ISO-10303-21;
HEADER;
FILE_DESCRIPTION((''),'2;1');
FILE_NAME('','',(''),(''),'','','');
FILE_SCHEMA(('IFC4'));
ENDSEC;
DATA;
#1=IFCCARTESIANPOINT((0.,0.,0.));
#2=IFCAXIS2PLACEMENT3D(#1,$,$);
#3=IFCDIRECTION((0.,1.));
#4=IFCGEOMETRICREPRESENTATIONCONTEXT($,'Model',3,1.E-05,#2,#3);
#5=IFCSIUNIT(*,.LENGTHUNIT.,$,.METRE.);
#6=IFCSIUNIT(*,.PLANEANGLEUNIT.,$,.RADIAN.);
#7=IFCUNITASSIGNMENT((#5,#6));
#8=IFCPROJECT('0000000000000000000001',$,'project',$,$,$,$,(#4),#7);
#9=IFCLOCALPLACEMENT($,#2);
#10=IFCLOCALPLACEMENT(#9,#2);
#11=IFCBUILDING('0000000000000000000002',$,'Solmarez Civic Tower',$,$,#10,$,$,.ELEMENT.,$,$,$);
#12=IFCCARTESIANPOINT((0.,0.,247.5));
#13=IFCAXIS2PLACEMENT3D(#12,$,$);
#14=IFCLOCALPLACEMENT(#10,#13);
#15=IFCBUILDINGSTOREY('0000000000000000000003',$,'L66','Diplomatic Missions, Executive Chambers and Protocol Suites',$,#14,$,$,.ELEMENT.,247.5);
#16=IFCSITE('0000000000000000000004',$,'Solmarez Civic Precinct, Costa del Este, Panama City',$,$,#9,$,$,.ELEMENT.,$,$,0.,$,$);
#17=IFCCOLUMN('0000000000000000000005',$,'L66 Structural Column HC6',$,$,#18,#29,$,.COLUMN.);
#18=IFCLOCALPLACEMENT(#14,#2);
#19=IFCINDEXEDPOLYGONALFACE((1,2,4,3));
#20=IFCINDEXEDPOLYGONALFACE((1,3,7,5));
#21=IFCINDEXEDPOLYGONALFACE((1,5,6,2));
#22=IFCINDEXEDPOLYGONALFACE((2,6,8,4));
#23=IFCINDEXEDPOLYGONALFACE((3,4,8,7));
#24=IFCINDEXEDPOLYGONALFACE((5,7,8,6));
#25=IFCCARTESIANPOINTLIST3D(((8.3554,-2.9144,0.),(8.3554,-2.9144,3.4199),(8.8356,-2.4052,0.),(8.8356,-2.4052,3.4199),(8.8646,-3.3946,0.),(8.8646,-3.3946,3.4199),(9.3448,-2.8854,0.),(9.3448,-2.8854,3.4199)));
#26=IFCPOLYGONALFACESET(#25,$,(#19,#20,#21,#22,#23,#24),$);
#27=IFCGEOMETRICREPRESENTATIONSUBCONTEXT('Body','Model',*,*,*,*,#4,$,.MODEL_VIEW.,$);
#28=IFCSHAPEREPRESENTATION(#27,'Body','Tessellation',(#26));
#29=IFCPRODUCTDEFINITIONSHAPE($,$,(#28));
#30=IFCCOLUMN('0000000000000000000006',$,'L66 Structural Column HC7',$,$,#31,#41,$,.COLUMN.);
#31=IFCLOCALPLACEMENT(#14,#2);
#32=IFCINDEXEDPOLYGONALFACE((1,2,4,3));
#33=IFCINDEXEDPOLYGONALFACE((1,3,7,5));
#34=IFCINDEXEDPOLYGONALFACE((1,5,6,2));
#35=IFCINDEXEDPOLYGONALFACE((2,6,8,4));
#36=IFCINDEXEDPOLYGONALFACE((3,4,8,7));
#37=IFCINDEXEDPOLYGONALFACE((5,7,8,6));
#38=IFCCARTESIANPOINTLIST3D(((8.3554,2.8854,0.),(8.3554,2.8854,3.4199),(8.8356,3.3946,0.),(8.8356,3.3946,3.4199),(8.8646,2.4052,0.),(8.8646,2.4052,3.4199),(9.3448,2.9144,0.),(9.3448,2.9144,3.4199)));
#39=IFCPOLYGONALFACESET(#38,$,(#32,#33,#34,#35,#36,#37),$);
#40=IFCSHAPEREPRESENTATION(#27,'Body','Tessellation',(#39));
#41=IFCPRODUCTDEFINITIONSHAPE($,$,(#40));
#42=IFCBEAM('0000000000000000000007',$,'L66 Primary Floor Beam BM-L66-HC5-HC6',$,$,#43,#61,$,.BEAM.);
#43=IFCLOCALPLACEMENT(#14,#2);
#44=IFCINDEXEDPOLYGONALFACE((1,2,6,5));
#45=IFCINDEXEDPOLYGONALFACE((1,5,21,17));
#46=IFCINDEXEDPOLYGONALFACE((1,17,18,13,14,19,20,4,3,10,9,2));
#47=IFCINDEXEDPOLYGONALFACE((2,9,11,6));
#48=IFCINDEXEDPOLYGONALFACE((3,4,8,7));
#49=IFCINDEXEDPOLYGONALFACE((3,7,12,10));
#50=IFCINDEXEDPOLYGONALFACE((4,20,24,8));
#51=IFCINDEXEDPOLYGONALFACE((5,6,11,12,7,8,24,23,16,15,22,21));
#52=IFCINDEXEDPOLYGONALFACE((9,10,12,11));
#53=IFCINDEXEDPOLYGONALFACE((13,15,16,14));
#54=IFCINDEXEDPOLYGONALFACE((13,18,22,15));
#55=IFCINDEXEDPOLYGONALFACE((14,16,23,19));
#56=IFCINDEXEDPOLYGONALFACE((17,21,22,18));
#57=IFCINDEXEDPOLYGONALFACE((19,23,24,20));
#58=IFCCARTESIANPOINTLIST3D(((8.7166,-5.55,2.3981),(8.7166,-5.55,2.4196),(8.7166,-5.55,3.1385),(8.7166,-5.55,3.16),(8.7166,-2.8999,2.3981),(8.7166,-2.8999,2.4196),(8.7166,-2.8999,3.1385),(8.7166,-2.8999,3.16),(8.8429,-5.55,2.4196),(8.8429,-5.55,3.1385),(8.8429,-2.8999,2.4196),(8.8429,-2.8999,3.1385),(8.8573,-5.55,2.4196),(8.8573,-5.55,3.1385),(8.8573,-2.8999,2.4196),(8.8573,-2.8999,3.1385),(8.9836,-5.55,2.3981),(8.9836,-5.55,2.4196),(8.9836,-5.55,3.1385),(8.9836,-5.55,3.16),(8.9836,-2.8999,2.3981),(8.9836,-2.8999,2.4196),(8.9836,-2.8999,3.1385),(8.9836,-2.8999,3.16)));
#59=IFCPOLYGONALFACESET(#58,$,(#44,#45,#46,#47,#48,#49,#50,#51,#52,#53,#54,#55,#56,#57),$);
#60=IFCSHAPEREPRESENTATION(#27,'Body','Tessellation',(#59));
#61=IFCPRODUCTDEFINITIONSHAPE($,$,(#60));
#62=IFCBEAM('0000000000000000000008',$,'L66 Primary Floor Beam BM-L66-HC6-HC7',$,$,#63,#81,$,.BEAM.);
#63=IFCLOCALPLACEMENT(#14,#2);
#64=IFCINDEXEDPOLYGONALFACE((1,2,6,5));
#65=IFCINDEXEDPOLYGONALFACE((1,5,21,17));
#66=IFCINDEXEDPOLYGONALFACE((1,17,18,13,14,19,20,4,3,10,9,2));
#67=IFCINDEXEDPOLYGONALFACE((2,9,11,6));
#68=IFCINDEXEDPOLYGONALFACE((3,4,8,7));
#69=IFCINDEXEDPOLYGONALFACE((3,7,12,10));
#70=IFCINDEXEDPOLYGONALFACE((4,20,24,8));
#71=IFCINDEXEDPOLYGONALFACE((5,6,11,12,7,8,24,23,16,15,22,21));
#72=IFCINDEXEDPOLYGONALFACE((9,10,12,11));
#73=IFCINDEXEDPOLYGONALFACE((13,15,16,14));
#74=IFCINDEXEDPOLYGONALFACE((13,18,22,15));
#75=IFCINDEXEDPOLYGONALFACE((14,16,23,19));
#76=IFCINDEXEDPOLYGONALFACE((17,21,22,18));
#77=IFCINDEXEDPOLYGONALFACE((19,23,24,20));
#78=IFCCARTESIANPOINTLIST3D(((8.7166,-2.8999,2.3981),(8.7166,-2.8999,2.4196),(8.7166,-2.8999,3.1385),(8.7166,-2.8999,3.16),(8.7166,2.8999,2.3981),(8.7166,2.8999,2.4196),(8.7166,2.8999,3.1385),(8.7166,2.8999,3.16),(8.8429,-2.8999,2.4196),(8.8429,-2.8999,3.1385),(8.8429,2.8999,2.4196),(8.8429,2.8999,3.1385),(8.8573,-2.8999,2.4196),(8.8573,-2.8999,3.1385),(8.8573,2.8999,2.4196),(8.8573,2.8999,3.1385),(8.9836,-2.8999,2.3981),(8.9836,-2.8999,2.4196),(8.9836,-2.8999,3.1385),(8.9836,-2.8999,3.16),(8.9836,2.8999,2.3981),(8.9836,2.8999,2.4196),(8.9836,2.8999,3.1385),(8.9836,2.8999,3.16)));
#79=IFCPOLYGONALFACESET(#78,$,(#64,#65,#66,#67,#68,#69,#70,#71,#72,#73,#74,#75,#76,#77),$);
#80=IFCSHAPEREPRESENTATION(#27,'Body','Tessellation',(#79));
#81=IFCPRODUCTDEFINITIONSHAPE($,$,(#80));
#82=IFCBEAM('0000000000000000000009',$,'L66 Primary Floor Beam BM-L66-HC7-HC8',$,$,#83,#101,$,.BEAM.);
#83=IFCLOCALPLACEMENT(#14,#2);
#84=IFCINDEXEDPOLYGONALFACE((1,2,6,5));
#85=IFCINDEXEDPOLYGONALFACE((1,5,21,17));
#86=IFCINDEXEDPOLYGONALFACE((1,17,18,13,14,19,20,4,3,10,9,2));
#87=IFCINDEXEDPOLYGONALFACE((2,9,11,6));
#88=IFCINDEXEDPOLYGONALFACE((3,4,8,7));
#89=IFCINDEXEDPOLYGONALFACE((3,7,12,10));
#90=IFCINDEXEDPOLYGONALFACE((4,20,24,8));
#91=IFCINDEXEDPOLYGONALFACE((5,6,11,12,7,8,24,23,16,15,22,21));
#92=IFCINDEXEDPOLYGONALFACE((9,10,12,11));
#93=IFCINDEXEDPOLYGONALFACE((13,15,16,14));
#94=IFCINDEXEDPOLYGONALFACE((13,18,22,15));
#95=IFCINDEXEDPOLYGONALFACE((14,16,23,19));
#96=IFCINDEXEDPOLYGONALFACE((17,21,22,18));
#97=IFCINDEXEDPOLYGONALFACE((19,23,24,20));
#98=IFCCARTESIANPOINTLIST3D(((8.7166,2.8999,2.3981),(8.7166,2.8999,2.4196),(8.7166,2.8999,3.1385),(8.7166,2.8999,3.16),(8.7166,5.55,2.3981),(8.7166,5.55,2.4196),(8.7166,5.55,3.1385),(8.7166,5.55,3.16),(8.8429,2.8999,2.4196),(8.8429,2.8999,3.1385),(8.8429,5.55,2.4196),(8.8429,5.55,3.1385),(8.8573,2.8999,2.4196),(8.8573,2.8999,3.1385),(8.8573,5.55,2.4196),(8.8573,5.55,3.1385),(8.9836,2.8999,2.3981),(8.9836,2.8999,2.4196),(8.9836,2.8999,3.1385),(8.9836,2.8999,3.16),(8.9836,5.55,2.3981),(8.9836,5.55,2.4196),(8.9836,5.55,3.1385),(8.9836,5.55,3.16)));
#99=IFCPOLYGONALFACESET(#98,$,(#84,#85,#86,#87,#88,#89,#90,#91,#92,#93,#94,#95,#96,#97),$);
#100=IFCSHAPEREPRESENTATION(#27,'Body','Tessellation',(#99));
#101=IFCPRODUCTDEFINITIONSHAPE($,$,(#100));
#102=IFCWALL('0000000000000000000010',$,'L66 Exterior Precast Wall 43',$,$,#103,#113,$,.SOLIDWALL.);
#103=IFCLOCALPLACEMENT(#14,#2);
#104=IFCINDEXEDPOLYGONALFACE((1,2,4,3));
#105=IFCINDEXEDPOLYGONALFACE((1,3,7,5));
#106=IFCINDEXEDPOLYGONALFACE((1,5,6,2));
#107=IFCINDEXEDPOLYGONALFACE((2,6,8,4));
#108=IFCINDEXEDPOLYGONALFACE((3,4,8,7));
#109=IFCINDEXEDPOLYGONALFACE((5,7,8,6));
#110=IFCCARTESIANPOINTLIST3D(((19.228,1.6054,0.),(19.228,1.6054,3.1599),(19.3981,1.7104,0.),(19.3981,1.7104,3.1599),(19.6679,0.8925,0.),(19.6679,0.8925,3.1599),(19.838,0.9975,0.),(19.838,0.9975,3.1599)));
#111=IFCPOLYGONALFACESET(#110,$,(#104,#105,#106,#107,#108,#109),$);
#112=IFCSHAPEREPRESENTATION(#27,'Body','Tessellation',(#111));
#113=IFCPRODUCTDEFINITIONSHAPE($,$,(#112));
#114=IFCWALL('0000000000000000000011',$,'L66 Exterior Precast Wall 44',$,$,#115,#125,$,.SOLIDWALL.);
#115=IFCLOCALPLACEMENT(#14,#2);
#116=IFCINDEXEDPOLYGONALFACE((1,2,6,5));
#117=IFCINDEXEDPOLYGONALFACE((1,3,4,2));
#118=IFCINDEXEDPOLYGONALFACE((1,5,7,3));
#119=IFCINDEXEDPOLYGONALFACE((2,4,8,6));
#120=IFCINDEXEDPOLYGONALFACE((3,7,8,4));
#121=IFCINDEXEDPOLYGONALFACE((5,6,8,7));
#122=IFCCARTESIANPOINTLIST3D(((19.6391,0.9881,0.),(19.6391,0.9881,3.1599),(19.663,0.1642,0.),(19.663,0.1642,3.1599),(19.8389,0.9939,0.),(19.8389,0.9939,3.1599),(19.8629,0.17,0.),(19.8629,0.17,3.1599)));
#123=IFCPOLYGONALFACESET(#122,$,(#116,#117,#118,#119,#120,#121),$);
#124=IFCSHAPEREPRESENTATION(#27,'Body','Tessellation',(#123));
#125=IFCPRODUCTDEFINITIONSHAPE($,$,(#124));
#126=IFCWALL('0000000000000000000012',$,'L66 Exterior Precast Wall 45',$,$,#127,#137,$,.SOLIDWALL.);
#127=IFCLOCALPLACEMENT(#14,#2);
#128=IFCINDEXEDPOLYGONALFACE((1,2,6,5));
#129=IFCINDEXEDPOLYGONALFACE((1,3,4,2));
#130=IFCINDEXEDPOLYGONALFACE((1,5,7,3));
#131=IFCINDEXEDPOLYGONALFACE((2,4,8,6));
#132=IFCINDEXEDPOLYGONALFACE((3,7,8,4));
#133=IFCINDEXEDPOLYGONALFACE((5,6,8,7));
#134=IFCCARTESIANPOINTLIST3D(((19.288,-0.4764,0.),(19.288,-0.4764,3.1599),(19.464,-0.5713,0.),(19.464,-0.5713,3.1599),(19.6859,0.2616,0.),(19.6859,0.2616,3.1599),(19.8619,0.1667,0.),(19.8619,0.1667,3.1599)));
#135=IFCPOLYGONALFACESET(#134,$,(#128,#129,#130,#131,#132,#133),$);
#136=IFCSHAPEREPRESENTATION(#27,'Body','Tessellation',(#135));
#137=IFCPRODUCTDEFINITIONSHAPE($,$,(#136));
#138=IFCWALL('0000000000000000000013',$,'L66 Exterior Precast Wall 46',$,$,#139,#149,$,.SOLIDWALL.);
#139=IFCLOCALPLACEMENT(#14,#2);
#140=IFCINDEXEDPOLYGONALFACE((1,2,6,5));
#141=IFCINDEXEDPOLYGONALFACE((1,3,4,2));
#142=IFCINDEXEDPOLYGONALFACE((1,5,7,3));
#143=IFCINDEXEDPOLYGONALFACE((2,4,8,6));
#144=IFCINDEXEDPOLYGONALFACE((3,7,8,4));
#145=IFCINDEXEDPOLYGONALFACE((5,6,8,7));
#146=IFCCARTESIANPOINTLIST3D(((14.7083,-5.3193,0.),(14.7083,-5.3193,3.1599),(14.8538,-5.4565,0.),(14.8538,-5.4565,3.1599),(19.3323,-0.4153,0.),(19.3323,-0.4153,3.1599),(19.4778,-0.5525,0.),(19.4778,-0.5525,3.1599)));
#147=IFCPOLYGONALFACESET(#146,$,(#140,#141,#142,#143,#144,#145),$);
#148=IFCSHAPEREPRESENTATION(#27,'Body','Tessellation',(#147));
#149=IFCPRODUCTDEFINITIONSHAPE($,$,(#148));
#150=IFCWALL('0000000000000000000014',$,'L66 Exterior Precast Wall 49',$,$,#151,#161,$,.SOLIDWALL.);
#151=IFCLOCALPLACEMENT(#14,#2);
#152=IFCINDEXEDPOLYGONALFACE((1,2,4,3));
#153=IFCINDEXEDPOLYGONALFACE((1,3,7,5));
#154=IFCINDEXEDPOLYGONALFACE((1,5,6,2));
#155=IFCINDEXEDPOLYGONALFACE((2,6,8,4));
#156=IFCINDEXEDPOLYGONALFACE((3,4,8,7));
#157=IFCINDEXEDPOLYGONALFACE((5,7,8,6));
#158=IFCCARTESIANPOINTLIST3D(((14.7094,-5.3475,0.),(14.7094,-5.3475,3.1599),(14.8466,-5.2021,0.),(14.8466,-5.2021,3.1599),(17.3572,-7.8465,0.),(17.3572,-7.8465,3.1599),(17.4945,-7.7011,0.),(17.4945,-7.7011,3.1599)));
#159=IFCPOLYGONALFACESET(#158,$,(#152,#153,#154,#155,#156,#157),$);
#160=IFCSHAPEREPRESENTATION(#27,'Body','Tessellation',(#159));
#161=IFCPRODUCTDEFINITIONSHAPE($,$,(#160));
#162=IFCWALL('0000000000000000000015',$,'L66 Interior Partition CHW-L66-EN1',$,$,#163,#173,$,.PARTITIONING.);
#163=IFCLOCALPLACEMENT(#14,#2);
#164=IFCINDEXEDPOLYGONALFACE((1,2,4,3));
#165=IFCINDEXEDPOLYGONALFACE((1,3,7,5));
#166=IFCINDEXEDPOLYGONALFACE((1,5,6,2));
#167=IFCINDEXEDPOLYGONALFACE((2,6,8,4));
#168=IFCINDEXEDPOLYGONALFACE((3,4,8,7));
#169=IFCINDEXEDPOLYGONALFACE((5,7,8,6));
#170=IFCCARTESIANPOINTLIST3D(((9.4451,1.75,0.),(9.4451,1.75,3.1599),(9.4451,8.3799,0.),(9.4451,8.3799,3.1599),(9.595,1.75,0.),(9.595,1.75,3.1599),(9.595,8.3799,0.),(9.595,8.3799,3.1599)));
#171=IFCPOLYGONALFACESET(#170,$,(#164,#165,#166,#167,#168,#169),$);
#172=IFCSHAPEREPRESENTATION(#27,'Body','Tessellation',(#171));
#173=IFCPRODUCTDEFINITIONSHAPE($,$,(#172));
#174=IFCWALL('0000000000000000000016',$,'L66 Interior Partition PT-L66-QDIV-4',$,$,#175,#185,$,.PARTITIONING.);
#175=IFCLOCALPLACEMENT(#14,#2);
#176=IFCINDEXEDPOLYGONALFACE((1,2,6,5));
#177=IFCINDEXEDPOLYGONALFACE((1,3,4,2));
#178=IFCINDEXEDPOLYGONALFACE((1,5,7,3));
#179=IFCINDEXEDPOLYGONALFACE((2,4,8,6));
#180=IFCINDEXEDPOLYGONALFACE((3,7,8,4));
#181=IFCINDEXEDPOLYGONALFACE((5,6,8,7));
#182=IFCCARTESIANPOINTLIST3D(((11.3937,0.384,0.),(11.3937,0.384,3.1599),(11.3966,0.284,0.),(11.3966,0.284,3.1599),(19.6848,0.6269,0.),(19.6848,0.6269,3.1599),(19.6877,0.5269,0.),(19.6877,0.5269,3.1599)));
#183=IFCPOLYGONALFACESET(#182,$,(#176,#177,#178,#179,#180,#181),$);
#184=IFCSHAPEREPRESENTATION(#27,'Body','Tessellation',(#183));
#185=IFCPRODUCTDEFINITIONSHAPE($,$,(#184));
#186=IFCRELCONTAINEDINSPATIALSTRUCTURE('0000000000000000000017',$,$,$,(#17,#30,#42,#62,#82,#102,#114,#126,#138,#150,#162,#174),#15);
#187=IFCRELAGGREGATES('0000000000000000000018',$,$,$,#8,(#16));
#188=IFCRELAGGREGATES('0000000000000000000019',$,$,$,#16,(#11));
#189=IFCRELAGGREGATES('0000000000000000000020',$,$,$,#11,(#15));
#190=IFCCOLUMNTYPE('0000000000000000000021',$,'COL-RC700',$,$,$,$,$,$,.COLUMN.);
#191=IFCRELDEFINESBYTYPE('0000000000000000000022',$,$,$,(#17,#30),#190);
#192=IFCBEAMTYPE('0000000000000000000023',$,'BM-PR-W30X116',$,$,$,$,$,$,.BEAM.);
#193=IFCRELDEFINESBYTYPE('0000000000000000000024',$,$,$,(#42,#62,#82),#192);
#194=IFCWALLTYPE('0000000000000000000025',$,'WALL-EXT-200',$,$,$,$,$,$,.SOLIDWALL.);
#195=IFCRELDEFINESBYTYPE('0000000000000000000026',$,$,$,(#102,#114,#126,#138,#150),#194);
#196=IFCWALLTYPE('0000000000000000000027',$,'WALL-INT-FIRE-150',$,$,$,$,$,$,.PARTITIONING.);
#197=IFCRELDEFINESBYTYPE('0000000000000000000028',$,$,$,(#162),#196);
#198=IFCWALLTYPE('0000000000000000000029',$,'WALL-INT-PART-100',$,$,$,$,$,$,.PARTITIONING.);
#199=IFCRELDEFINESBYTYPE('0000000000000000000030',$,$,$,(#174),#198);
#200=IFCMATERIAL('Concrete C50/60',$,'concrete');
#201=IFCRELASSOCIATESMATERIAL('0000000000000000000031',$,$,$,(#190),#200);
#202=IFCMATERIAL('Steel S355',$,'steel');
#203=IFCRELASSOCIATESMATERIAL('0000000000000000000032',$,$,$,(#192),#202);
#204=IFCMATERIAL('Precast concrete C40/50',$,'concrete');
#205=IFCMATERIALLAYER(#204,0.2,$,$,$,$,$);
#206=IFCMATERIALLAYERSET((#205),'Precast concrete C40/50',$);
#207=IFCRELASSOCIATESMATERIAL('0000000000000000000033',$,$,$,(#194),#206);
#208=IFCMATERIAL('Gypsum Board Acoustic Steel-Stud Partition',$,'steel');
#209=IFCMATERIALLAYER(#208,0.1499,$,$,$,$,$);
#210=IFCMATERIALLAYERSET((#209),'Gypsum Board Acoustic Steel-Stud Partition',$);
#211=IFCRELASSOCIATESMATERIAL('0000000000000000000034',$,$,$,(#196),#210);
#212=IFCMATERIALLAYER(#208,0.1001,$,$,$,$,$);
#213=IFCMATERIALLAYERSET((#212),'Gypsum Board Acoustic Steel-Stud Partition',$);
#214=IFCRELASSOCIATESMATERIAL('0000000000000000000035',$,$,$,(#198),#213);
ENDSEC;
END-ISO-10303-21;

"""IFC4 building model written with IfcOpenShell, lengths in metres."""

from ifc_helpers import new_model, si_unit, direction, frame, frame_2d, origin, origin_2d, place, context, subcontext, project, spatial, rectangle, i_section, extrude, material, layer, layer_set, material_profile, profile_set, type_object, element, save


model = new_model("IFC4")

# Units and contexts
model_context = context("Model", 3, precision=1e-05, world=origin(), true_north=direction((0.0, 1.0)))
body_context = subcontext(model_context, "Body", "Model", "MODEL_VIEW")
ifc_project = project(units=[si_unit("LENGTHUNIT", "METRE"), si_unit("PLANEANGLEUNIT", "RADIAN")], contexts=[model_context])

# Site, building, storey
site_placement = place(None, origin())
site = spatial("IfcSite", under=ifc_project, at=site_placement, Name="Solmarez Civic Precinct, Costa del Este, Panama City", CompositionType="ELEMENT", RefElevation=0.0)
building_placement = place(site_placement, origin())
building = spatial("IfcBuilding", under=site, at=building_placement, Name="Solmarez Civic Tower", CompositionType="ELEMENT")
storey_placement = place(building_placement, frame((0.0, 0.0, 247.5)))
storey = spatial("IfcBuildingStorey", under=building, at=storey_placement, Name="L66", Description="Diplomatic Missions, Executive Chambers and Protocol Suites", CompositionType="ELEMENT", Elevation=247.5)

# Columns
ifc_material_1 = material(Name="Concrete C50/60", Category="concrete")
ifc_material_profile_1 = material_profile(ifc_material_1, rectangle(XDim=0.7, YDim=0.7, at=origin_2d()), Name="RC700X700")
ifc_profile_set_1 = profile_set([ifc_material_profile_1], Name="Concrete C50/60")
column_type = type_object("IfcColumnType", Name="COL-RC700", PredefinedType="COLUMN", material=ifc_profile_set_1)
for number, where, z_axis, x_axis, name in (
    (1, (8.8501, -2.8999, 0.0), (0.0, 0.0, 1.0), (0.686072, 0.727533, 0.0), "L66 Structural Column HC6"),
    (2, (8.8501, 2.8999, 0.0), (0.0, 0.0, 1.0), (0.686072, 0.727533, 0.0), "L66 Structural Column HC7"),
):
    element("IfcColumn", number, at=place(storey_placement, frame(where, z_axis=z_axis, x_axis=x_axis)), inside=storey, type_object=column_type, Name=name, PredefinedType="COLUMN", context=body_context, shape_type="SweptSolid", body=[
        extrude(rectangle(XDim=0.7, YDim=0.7, at=origin_2d()), origin(), (0.0, 0.0, 1.0), 3.4199),
    ])

# Beams
ifc_material_2 = material(Name="Steel S355", Category="steel")
ifc_material_profile_2 = material_profile(ifc_material_2, i_section(OverallWidth=0.2671, OverallDepth=0.762, WebThickness=0.0144, FlangeThickness=0.0215, at=origin_2d()), Name="W30X116")
ifc_profile_set_2 = profile_set([ifc_material_profile_2], Name="Steel S355")
beam_type = type_object("IfcBeamType", Name="BM-PR-W30X116", PredefinedType="BEAM", material=ifc_profile_set_2)
beam_1_placement = place(storey_placement, frame((8.8501, -5.55, 2.7791), z_axis=(0.0, 1.0, 0.0), x_axis=(-1.0, 0.0, 0.0)))
element("IfcBeam", 3, at=beam_1_placement, inside=storey, type_object=beam_type, Name="L66 Primary Floor Beam BM-L66-HC5-HC6", PredefinedType="BEAM", context=body_context, shape_type="SweptSolid", body=[
    extrude(i_section(OverallWidth=0.2671, OverallDepth=0.762, WebThickness=0.0144, FlangeThickness=0.0215, at=origin_2d()), origin(), (0.0, 0.0, 1.0), 2.6501),
])
beam_2_placement = place(storey_placement, frame((8.8501, -2.8999, 2.7791), z_axis=(0.0, 1.0, 0.0), x_axis=(-1.0, 0.0, 0.0)))
element("IfcBeam", 4, at=beam_2_placement, inside=storey, type_object=beam_type, Name="L66 Primary Floor Beam BM-L66-HC6-HC7", PredefinedType="BEAM", context=body_context, shape_type="SweptSolid", body=[
    extrude(i_section(OverallWidth=0.2671, OverallDepth=0.762, WebThickness=0.0144, FlangeThickness=0.0215, at=origin_2d()), origin(), (0.0, 0.0, 1.0), 5.7998),
])
beam_3_placement = place(storey_placement, frame((8.8501, 2.8999, 2.7791), z_axis=(0.0, 1.0, 0.0), x_axis=(-1.0, 0.0, 0.0)))
element("IfcBeam", 5, at=beam_3_placement, inside=storey, type_object=beam_type, Name="L66 Primary Floor Beam BM-L66-HC7-HC8", PredefinedType="BEAM", context=body_context, shape_type="SweptSolid", body=[
    extrude(i_section(OverallWidth=0.2671, OverallDepth=0.762, WebThickness=0.0144, FlangeThickness=0.0215, at=origin_2d()), origin(), (0.0, 0.0, 1.0), 2.6501),
])

# Walls
ifc_material_3 = material(Name="Precast concrete C40/50", Category="concrete")
ifc_layer_1 = layer(ifc_material_3, 0.2)
ifc_layer_set_1 = layer_set([ifc_layer_1], Name="Precast concrete C40/50")
wall_type_1 = type_object("IfcWallType", Name="WALL-EXT-200", PredefinedType="SOLIDWALL", material=ifc_layer_set_1)
wall_1_placement = place(storey_placement, frame((19.313, 1.658, 0.0), z_axis=(0.0, 0.0, 1.0), x_axis=(0.52517, -0.850997, 0.0)))
element("IfcWall", 6, at=wall_1_placement, inside=storey, type_object=wall_type_1, Name="L66 Exterior Precast Wall 43", PredefinedType="SOLIDWALL", context=body_context, shape_type="SweptSolid", body=[
    extrude(rectangle(XDim=0.8376, YDim=0.2, at=frame_2d((0.4189, 0.0))), origin(), (0.0, 0.0, 1.0), 3.1599),
])
wall_2_placement = place(storey_placement, frame((19.739, 0.991, 0.0), z_axis=(0.0, 0.0, 1.0), x_axis=(0.029025, -0.999579, 0.0)))
element("IfcWall", 7, at=wall_2_placement, inside=storey, type_object=wall_type_1, Name="L66 Exterior Precast Wall 44", PredefinedType="SOLIDWALL", context=body_context, shape_type="SweptSolid", body=[
    extrude(rectangle(XDim=0.8242, YDim=0.2, at=frame_2d((0.4121, 0.0))), origin(), (0.0, 0.0, 1.0), 3.1599),
])
wall_3_placement = place(storey_placement, frame((19.7739, 0.2141, 0.0), z_axis=(0.0, 0.0, 1.0), x_axis=(-0.474603, -0.8802, 0.0)))
element("IfcWall", 8, at=wall_3_placement, inside=storey, type_object=wall_type_1, Name="L66 Exterior Precast Wall 45", PredefinedType="SOLIDWALL", context=body_context, shape_type="SweptSolid", body=[
    extrude(rectangle(XDim=0.8384, YDim=0.2, at=frame_2d((0.4192, 0.0))), origin(), (0.0, 0.0, 1.0), 3.1599),
])
wall_4_placement = place(storey_placement, frame((19.405, -0.4839, 0.0), z_axis=(0.0, 0.0, 1.0), x_axis=(-0.686029, -0.727574, 0.0)))
element("IfcWall", 9, at=wall_4_placement, inside=storey, type_object=wall_type_1, Name="L66 Exterior Precast Wall 46", PredefinedType="SOLIDWALL", context=body_context, shape_type="SweptSolid", body=[
    extrude(rectangle(XDim=6.7402, YDim=0.2, at=frame_2d((3.3701, 0.0))), origin(), (0.0, 0.0, 1.0), 3.1599),
])
wall_5_placement = place(storey_placement, frame((14.7781, -5.2749, 0.0), z_axis=(0.0, 0.0, 1.0), x_axis=(0.727262, -0.68636, 0.0)))
element("IfcWall", 10, at=wall_5_placement, inside=storey, type_object=wall_type_1, Name="L66 Exterior Precast Wall 49", PredefinedType="SOLIDWALL", context=body_context, shape_type="SweptSolid", body=[
    extrude(rectangle(XDim=3.6409, YDim=0.2, at=frame_2d((1.8203, 0.0))), origin(), (0.0, 0.0, 1.0), 3.1599),
])
ifc_material_4 = material(Name="Gypsum Board Acoustic Steel-Stud Partition", Category="steel")
ifc_layer_2 = layer(ifc_material_4, 0.1499)
ifc_layer_set_2 = layer_set([ifc_layer_2], Name="Gypsum Board Acoustic Steel-Stud Partition")
wall_type_2 = type_object("IfcWallType", Name="WALL-INT-FIRE-150", PredefinedType="PARTITIONING", material=ifc_layer_set_2)
wall_6_placement = place(storey_placement, frame((9.52, 1.75, 0.0), z_axis=(0.0, 0.0, 1.0), x_axis=(0.0, 1.0, 0.0)))
element("IfcWall", 11, at=wall_6_placement, inside=storey, type_object=wall_type_2, Name="L66 Interior Partition CHW-L66-EN1", PredefinedType="PARTITIONING", context=body_context, shape_type="SweptSolid", body=[
    extrude(rectangle(XDim=6.6299, YDim=0.1499, at=frame_2d((3.3149, 0.0))), origin(), (0.0, 0.0, 1.0), 3.1599),
])
ifc_layer_3 = layer(ifc_material_4, 0.1001)
ifc_layer_set_3 = layer_set([ifc_layer_3], Name="Gypsum Board Acoustic Steel-Stud Partition")
wall_type_3 = type_object("IfcWallType", Name="WALL-INT-PART-100", PredefinedType="PARTITIONING", material=ifc_layer_set_3)
wall_7_placement = place(storey_placement, frame((11.395, 0.334, 0.0), z_axis=(0.0, 0.0, 1.0), x_axis=(0.999571, 0.029287, 0.0)))
element("IfcWall", 12, at=wall_7_placement, inside=storey, type_object=wall_type_3, Name="L66 Interior Partition PT-L66-QDIV-4", PredefinedType="PARTITIONING", context=body_context, shape_type="SweptSolid", body=[
    extrude(rectangle(XDim=8.2947, YDim=0.1001, at=frame_2d((4.1475, 0.0))), origin(), (0.0, 0.0, 1.0), 3.1599),
])

save(model, "model.ifc")
